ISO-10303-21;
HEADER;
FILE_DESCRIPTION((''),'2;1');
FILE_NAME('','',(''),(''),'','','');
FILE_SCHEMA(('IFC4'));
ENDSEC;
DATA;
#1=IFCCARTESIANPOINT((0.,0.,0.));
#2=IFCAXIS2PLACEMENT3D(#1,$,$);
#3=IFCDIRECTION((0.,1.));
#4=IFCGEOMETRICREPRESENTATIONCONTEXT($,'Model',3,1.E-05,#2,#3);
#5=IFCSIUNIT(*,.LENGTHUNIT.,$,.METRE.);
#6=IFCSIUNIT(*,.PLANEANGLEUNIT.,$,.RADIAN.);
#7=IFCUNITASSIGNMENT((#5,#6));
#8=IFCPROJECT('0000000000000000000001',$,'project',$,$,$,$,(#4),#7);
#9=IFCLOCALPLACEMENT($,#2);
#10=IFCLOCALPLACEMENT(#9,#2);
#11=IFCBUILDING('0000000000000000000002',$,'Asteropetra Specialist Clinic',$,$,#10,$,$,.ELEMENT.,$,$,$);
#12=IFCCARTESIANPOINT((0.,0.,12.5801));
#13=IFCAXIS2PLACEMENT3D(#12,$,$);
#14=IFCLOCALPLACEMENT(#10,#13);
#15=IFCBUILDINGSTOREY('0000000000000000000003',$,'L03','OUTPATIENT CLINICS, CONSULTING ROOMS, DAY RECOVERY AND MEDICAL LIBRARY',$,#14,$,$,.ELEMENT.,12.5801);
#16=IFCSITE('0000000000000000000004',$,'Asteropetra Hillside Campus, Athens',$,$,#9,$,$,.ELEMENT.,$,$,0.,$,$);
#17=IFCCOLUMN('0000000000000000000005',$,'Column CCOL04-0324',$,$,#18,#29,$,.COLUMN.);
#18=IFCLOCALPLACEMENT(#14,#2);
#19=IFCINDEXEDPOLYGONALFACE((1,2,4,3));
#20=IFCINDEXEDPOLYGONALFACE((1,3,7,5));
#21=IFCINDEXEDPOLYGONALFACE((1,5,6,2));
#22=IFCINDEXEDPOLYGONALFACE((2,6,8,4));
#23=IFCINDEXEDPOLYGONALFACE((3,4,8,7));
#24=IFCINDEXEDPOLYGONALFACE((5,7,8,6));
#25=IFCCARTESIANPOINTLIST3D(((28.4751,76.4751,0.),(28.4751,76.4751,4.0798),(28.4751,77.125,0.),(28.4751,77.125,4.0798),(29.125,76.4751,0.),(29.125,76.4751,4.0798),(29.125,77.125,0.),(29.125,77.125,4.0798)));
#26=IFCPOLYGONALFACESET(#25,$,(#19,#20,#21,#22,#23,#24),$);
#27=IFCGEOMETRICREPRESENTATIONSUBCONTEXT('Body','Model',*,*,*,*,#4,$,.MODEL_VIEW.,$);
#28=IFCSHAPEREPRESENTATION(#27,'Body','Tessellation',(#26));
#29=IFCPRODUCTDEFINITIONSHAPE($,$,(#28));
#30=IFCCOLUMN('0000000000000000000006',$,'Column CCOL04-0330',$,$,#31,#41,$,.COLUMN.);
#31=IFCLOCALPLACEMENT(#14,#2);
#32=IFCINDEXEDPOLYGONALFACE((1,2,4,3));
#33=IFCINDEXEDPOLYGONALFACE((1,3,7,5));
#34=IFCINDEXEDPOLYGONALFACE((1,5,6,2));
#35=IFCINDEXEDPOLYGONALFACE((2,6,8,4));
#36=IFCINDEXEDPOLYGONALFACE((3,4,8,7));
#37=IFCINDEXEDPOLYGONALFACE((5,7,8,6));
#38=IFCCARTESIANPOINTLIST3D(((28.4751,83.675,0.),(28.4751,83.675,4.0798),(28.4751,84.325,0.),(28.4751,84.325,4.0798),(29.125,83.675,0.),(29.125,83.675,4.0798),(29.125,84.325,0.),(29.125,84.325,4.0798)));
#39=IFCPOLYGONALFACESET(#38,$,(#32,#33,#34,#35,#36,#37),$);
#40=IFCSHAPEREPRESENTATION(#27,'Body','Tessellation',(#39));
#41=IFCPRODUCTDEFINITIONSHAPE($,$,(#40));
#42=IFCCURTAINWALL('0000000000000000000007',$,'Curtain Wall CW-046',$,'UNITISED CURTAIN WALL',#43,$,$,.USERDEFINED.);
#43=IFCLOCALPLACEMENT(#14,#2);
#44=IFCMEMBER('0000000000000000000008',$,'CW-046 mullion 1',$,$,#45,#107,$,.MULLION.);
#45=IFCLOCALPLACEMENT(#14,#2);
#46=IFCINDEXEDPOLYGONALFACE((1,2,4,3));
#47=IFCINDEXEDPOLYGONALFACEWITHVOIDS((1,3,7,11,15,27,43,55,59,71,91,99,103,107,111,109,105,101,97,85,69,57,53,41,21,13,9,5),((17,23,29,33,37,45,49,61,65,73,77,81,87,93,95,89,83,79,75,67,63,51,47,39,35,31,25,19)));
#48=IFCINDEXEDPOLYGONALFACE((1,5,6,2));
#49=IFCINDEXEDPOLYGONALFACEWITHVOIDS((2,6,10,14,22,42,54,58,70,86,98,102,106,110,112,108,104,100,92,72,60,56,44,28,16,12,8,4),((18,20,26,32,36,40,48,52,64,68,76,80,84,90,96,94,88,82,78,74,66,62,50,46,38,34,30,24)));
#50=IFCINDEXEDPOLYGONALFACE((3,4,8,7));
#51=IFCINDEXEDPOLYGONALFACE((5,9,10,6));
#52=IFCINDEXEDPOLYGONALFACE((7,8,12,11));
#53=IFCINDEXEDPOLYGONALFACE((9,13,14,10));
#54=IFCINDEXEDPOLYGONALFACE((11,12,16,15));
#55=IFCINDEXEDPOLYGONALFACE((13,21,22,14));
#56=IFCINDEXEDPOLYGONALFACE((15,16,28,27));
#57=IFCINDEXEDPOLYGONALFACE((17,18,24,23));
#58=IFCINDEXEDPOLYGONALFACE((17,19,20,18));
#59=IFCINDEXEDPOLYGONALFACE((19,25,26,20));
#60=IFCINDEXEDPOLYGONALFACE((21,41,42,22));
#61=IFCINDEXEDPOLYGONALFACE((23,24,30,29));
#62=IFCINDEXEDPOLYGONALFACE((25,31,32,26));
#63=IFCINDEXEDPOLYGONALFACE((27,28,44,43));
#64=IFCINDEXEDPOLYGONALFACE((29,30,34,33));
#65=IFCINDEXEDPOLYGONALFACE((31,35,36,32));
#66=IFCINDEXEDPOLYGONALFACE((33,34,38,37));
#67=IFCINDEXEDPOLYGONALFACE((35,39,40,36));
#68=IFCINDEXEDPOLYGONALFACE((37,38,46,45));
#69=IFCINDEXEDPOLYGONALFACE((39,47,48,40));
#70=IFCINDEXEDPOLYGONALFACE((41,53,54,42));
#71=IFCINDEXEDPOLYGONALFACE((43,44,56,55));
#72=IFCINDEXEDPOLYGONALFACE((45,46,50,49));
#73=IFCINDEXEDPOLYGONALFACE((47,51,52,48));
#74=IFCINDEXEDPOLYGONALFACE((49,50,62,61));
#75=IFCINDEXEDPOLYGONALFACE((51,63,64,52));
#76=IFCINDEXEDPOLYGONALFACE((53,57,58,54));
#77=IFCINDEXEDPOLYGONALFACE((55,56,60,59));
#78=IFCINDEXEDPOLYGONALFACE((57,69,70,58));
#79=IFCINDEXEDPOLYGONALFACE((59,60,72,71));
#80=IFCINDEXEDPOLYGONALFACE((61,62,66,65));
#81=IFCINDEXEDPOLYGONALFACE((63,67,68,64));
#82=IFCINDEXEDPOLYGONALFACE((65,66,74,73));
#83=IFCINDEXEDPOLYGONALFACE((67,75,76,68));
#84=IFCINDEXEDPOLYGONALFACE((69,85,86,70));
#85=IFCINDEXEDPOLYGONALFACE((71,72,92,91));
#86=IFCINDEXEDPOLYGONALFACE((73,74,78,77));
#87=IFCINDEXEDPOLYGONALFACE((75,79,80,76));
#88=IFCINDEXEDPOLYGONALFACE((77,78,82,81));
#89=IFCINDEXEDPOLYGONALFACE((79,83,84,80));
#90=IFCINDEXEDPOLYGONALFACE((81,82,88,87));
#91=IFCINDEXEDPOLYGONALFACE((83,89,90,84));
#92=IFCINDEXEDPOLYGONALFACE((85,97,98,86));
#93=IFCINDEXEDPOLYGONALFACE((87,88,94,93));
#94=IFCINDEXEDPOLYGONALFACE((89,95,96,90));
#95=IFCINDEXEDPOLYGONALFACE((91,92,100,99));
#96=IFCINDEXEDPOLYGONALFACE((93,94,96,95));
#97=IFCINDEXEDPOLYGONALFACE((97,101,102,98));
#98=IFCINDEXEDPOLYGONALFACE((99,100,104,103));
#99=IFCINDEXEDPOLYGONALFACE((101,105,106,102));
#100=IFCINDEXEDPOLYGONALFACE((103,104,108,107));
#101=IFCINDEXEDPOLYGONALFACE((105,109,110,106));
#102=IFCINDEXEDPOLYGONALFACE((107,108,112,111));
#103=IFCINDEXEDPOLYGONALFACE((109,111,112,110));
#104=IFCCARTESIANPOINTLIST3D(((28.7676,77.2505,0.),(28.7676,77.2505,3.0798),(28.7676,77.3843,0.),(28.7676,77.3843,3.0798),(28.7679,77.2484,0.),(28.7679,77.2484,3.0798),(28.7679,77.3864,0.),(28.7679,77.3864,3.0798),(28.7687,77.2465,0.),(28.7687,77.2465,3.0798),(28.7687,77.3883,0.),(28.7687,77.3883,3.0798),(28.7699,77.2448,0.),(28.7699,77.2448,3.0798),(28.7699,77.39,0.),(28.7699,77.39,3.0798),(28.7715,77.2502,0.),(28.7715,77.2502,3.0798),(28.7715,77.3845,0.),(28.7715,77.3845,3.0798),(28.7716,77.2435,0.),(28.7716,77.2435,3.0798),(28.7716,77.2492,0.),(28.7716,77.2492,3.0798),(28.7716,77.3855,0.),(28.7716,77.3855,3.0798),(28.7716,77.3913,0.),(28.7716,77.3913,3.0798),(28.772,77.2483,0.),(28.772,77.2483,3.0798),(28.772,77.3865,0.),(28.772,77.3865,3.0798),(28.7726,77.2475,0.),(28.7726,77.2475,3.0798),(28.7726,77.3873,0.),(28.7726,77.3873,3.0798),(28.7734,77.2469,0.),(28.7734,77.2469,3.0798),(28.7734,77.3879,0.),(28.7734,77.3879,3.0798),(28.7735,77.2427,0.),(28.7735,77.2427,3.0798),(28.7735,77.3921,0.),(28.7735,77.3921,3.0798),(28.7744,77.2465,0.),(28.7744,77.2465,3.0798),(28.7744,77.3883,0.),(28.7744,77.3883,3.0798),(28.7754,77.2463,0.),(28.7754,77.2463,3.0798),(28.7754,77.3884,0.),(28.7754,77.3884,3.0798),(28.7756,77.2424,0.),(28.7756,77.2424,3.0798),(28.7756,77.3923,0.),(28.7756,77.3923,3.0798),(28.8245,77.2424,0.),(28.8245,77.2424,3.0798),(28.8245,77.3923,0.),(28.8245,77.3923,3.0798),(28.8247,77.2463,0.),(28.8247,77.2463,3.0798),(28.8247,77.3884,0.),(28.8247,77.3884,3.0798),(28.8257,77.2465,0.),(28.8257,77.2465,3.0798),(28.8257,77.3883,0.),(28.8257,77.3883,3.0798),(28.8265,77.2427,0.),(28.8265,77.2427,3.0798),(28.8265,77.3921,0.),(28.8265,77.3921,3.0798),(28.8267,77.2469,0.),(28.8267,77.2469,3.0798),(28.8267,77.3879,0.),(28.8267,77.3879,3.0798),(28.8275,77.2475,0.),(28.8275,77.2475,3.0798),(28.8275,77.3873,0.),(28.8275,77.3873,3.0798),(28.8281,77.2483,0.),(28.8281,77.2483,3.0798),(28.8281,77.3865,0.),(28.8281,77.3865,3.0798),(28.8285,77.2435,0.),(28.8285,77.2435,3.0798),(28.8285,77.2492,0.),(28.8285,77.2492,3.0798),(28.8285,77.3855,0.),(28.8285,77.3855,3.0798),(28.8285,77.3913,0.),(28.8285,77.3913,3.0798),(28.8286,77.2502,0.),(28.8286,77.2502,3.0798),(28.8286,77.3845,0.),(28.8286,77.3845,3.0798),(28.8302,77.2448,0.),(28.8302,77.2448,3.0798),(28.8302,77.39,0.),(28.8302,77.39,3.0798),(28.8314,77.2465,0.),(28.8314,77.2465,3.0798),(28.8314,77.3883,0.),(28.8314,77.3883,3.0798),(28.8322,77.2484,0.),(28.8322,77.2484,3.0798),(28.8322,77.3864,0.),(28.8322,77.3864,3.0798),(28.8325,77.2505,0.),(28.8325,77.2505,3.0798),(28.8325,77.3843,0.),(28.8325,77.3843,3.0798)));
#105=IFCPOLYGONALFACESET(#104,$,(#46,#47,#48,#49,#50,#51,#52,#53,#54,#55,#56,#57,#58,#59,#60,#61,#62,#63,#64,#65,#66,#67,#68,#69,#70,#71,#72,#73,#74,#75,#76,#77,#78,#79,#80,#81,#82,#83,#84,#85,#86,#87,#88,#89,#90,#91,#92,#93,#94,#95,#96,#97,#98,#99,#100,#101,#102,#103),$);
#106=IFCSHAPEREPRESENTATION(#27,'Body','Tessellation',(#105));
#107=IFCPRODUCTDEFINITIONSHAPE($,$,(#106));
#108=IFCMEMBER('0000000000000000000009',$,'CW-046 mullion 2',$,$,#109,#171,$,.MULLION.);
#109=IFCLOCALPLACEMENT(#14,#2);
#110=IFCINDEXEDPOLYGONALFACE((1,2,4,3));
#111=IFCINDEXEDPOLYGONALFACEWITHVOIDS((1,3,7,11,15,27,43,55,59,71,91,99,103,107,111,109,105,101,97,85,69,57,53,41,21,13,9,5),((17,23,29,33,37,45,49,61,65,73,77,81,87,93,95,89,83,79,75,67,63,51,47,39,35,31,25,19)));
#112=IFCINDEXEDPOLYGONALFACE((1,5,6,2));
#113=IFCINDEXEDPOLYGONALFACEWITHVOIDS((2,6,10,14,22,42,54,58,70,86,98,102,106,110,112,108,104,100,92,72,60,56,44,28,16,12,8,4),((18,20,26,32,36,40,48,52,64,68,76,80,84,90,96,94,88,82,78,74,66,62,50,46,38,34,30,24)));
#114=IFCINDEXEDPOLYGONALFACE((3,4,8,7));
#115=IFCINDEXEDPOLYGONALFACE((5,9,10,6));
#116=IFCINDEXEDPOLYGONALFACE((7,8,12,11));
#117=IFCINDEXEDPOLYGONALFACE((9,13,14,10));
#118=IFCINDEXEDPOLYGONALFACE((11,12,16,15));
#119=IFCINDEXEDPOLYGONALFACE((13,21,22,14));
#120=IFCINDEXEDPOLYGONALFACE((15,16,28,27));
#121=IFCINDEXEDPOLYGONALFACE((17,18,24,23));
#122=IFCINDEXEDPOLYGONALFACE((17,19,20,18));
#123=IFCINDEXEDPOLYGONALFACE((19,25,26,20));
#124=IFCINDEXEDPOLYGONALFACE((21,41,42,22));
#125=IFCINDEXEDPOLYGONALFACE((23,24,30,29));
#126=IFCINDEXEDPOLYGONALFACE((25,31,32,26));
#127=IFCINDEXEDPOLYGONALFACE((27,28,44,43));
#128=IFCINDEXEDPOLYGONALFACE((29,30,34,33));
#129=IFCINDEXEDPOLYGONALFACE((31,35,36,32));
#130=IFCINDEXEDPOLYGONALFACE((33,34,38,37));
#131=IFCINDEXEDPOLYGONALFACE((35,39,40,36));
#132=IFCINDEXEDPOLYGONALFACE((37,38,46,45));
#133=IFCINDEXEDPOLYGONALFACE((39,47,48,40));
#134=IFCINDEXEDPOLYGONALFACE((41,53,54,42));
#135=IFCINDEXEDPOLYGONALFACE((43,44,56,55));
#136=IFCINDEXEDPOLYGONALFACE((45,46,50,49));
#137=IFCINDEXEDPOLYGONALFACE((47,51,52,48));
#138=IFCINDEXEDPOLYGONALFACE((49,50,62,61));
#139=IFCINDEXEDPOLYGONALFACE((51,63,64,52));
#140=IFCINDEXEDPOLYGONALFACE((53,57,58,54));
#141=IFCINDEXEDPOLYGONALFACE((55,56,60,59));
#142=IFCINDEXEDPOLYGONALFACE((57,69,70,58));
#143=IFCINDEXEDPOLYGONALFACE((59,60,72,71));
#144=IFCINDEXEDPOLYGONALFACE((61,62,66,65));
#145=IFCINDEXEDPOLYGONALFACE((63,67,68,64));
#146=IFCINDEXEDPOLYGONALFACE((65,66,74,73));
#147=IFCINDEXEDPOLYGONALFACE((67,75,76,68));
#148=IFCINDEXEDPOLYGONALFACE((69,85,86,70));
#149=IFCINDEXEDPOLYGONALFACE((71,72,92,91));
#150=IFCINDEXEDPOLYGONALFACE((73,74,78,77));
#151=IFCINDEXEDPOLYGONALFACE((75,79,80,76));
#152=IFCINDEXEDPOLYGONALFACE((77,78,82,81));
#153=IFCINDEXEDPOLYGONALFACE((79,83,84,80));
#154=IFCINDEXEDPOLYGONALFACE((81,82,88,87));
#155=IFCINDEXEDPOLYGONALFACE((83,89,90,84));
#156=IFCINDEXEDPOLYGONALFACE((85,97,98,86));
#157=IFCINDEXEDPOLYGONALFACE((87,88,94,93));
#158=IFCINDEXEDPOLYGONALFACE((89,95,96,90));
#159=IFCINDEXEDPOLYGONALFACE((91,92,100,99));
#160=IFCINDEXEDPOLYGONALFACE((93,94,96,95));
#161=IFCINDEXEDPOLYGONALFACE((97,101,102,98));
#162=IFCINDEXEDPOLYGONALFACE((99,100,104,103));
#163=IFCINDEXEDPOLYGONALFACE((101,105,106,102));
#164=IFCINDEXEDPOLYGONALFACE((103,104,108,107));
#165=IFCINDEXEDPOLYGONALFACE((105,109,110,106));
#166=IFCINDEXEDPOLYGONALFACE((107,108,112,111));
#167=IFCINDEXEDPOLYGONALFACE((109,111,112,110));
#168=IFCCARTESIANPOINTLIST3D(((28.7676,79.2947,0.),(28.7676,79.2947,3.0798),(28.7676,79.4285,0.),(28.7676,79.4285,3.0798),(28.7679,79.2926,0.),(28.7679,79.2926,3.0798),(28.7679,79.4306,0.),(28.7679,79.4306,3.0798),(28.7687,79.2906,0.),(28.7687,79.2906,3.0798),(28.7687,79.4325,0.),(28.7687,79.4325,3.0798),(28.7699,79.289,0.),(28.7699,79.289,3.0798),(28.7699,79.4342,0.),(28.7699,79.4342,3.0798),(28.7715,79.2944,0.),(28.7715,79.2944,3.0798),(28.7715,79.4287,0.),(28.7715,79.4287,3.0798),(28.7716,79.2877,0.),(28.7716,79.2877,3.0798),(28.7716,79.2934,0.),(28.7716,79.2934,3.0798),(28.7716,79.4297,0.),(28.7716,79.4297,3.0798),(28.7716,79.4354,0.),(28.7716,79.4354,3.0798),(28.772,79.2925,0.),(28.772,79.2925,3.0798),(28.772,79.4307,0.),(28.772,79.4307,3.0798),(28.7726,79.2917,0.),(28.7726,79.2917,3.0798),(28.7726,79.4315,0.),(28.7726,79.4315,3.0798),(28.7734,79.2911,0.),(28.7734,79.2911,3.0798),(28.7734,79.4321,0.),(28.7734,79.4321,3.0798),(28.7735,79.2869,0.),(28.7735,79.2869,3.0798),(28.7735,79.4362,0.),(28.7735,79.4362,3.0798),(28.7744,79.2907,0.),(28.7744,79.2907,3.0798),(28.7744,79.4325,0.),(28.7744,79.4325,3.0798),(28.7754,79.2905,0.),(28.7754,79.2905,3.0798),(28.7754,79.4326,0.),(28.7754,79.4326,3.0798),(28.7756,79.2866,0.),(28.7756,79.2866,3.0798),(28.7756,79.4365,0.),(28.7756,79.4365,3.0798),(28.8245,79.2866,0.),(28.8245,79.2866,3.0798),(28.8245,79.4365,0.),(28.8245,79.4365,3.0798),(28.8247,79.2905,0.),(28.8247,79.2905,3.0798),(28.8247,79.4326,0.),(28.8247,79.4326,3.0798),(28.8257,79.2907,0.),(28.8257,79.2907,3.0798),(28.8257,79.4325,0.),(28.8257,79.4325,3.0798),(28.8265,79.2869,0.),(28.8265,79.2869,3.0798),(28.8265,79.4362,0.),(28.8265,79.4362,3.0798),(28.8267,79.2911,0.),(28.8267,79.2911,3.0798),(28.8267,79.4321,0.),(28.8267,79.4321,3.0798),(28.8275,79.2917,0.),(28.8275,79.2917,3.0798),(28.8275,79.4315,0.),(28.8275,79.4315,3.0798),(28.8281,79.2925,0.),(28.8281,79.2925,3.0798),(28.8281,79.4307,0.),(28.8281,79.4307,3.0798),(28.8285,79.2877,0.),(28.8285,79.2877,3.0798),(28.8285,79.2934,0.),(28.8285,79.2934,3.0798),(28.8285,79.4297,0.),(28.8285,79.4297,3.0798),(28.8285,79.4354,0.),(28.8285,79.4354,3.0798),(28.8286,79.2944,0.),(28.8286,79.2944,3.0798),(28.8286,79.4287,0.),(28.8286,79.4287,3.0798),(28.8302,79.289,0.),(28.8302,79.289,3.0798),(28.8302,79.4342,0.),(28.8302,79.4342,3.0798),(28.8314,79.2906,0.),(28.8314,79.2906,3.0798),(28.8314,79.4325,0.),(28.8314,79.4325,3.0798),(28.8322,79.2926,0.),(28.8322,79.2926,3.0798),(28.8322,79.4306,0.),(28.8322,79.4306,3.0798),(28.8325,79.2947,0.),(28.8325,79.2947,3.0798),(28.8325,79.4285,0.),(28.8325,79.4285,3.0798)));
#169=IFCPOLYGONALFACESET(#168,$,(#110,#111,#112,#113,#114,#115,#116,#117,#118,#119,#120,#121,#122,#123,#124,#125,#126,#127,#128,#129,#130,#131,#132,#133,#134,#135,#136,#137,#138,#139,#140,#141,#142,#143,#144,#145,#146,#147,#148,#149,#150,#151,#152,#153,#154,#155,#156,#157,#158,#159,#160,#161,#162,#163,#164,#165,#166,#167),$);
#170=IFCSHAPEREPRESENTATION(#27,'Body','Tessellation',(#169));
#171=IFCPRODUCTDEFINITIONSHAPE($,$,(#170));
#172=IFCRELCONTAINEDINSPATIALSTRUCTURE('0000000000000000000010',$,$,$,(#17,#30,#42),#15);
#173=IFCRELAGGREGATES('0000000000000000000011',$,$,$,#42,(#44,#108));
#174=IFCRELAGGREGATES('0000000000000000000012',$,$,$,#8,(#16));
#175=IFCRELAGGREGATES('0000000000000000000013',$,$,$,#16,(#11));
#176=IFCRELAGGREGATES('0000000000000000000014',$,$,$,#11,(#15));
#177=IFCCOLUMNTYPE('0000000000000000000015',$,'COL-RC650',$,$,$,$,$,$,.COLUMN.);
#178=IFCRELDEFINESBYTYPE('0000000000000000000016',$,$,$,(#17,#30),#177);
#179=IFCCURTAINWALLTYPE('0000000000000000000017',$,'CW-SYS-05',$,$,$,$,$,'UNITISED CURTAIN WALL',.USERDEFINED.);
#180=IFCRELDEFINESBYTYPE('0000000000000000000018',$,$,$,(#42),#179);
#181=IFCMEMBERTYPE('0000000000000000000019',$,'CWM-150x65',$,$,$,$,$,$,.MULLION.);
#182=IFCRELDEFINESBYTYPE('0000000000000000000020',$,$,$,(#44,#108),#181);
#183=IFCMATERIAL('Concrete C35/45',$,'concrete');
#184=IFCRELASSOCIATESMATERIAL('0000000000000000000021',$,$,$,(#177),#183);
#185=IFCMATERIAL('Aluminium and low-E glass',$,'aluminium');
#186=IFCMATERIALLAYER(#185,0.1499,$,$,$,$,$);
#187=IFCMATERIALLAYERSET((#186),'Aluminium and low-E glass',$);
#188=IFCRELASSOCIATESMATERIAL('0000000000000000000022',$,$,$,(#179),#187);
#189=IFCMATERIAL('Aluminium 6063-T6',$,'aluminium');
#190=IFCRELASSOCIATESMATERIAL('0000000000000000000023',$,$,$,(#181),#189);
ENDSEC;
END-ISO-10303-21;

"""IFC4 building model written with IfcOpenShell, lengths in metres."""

from ifc_helpers import new_model, si_unit, direction, frame, origin, origin_2d, place, context, subcontext, project, spatial, rectangle, hollow_rectangle, extrude, material, layer, layer_set, material_profile, profile_set, type_object, element, aggregate, save


model = new_model("IFC4")

# Units and contexts
model_context = context("Model", 3, precision=1e-05, world=origin(), true_north=direction((0.0, 1.0)))
body_context = subcontext(model_context, "Body", "Model", "MODEL_VIEW")
ifc_project = project(units=[si_unit("LENGTHUNIT", "METRE"), si_unit("PLANEANGLEUNIT", "RADIAN")], contexts=[model_context])

# Site, building, storey
site_placement = place(None, origin())
site = spatial("IfcSite", under=ifc_project, at=site_placement, Name="Asteropetra Hillside Campus, Athens", CompositionType="ELEMENT", RefElevation=0.0)
building_placement = place(site_placement, origin())
building = spatial("IfcBuilding", under=site, at=building_placement, Name="Asteropetra Specialist Clinic", CompositionType="ELEMENT")
storey_placement = place(building_placement, frame((0.0, 0.0, 12.5801)))
storey = spatial("IfcBuildingStorey", under=building, at=storey_placement, Name="L03", Description="OUTPATIENT CLINICS, CONSULTING ROOMS, DAY RECOVERY AND MEDICAL LIBRARY", CompositionType="ELEMENT", Elevation=12.5801)

# Columns
ifc_material_1 = material(Name="Concrete C35/45", Category="concrete")
ifc_material_profile_1 = material_profile(ifc_material_1, rectangle(XDim=0.6499, YDim=0.6499, at=origin_2d()), Name="RC 650x650")
ifc_profile_set_1 = profile_set([ifc_material_profile_1], Name="Concrete C35/45")
column_type = type_object("IfcColumnType", Name="COL-RC650", PredefinedType="COLUMN", material=ifc_profile_set_1)
for number, where, z_axis, x_axis, name in (
    (1, (28.8, 76.8, 0.0), (0.0, 0.0, 1.0), (1.0, 0.0, 0.0), "Column CCOL04-0324"),
    (2, (28.8, 84.0, 0.0), (0.0, 0.0, 1.0), (1.0, 0.0, 0.0), "Column CCOL04-0330"),
):
    element("IfcColumn", number, at=place(storey_placement, frame(where, z_axis=z_axis, x_axis=x_axis)), inside=storey, type_object=column_type, Name=name, PredefinedType="COLUMN", context=body_context, shape_type="SweptSolid", body=[
        extrude(rectangle(XDim=0.6499, YDim=0.6499, at=origin_2d()), origin(), (0.0, 0.0, 1.0), 4.0798),
    ])

# Curtain wall, members
ifc_material_2 = material(Name="Aluminium and low-E glass", Category="aluminium")
ifc_layer_1 = layer(ifc_material_2, 0.1499)
ifc_layer_set_1 = layer_set([ifc_layer_1], Name="Aluminium and low-E glass")
curtain_wall_type = type_object("IfcCurtainWallType", Name="CW-SYS-05", ElementType="UNITISED CURTAIN WALL", PredefinedType="USERDEFINED", material=ifc_layer_set_1)
curtain_wall_placement = place(storey_placement, origin())
curtain_wall = element("IfcCurtainWall", 3, at=curtain_wall_placement, inside=storey, type_object=curtain_wall_type, Name="Curtain Wall CW-046", ObjectType="UNITISED CURTAIN WALL", PredefinedType="USERDEFINED")
ifc_material_3 = material(Name="Aluminium 6063-T6", Category="aluminium")
ifc_material_profile_2 = material_profile(ifc_material_3, hollow_rectangle(XDim=0.0649, YDim=0.1499, WallThickness=0.0039, InnerFilletRadius=0.0039, OuterFilletRadius=0.0081, at=origin_2d()), Name="MUL 150x65x4.0")
ifc_profile_set_2 = profile_set([ifc_material_profile_2], Name="Aluminium 6063-T6")
member_type_1 = type_object("IfcMemberType", Name="CWM-150x65", PredefinedType="MULLION", material=ifc_profile_set_2)
member_1_placement = place(storey_placement, frame((28.8, 77.3174, 0.0), z_axis=(0.0, 0.0, 1.0), x_axis=(-1.0, 0.0, 0.0)))
member_1 = element("IfcMember", 4, at=member_1_placement, type_object=member_type_1, Name="CW-046 mullion 1", PredefinedType="MULLION", context=body_context, shape_type="SweptSolid", body=[
    extrude(hollow_rectangle(XDim=0.0649, YDim=0.1499, WallThickness=0.0039, InnerFilletRadius=0.0039, OuterFilletRadius=0.0081, at=origin_2d()), origin(), (0.0, 0.0, 1.0), 3.0798),
])
member_2_placement = place(storey_placement, frame((28.8, 79.3616, 0.0), z_axis=(0.0, 0.0, 1.0), x_axis=(-1.0, 0.0, 0.0)))
member_2 = element("IfcMember", 5, at=member_2_placement, type_object=member_type_1, Name="CW-046 mullion 2", PredefinedType="MULLION", context=body_context, shape_type="SweptSolid", body=[
    extrude(hollow_rectangle(XDim=0.0649, YDim=0.1499, WallThickness=0.0039, InnerFilletRadius=0.0039, OuterFilletRadius=0.0081, at=origin_2d()), origin(), (0.0, 0.0, 1.0), 3.0798),
])
aggregate(curtain_wall, [member_1, member_2])

save(model, "model.ifc")
